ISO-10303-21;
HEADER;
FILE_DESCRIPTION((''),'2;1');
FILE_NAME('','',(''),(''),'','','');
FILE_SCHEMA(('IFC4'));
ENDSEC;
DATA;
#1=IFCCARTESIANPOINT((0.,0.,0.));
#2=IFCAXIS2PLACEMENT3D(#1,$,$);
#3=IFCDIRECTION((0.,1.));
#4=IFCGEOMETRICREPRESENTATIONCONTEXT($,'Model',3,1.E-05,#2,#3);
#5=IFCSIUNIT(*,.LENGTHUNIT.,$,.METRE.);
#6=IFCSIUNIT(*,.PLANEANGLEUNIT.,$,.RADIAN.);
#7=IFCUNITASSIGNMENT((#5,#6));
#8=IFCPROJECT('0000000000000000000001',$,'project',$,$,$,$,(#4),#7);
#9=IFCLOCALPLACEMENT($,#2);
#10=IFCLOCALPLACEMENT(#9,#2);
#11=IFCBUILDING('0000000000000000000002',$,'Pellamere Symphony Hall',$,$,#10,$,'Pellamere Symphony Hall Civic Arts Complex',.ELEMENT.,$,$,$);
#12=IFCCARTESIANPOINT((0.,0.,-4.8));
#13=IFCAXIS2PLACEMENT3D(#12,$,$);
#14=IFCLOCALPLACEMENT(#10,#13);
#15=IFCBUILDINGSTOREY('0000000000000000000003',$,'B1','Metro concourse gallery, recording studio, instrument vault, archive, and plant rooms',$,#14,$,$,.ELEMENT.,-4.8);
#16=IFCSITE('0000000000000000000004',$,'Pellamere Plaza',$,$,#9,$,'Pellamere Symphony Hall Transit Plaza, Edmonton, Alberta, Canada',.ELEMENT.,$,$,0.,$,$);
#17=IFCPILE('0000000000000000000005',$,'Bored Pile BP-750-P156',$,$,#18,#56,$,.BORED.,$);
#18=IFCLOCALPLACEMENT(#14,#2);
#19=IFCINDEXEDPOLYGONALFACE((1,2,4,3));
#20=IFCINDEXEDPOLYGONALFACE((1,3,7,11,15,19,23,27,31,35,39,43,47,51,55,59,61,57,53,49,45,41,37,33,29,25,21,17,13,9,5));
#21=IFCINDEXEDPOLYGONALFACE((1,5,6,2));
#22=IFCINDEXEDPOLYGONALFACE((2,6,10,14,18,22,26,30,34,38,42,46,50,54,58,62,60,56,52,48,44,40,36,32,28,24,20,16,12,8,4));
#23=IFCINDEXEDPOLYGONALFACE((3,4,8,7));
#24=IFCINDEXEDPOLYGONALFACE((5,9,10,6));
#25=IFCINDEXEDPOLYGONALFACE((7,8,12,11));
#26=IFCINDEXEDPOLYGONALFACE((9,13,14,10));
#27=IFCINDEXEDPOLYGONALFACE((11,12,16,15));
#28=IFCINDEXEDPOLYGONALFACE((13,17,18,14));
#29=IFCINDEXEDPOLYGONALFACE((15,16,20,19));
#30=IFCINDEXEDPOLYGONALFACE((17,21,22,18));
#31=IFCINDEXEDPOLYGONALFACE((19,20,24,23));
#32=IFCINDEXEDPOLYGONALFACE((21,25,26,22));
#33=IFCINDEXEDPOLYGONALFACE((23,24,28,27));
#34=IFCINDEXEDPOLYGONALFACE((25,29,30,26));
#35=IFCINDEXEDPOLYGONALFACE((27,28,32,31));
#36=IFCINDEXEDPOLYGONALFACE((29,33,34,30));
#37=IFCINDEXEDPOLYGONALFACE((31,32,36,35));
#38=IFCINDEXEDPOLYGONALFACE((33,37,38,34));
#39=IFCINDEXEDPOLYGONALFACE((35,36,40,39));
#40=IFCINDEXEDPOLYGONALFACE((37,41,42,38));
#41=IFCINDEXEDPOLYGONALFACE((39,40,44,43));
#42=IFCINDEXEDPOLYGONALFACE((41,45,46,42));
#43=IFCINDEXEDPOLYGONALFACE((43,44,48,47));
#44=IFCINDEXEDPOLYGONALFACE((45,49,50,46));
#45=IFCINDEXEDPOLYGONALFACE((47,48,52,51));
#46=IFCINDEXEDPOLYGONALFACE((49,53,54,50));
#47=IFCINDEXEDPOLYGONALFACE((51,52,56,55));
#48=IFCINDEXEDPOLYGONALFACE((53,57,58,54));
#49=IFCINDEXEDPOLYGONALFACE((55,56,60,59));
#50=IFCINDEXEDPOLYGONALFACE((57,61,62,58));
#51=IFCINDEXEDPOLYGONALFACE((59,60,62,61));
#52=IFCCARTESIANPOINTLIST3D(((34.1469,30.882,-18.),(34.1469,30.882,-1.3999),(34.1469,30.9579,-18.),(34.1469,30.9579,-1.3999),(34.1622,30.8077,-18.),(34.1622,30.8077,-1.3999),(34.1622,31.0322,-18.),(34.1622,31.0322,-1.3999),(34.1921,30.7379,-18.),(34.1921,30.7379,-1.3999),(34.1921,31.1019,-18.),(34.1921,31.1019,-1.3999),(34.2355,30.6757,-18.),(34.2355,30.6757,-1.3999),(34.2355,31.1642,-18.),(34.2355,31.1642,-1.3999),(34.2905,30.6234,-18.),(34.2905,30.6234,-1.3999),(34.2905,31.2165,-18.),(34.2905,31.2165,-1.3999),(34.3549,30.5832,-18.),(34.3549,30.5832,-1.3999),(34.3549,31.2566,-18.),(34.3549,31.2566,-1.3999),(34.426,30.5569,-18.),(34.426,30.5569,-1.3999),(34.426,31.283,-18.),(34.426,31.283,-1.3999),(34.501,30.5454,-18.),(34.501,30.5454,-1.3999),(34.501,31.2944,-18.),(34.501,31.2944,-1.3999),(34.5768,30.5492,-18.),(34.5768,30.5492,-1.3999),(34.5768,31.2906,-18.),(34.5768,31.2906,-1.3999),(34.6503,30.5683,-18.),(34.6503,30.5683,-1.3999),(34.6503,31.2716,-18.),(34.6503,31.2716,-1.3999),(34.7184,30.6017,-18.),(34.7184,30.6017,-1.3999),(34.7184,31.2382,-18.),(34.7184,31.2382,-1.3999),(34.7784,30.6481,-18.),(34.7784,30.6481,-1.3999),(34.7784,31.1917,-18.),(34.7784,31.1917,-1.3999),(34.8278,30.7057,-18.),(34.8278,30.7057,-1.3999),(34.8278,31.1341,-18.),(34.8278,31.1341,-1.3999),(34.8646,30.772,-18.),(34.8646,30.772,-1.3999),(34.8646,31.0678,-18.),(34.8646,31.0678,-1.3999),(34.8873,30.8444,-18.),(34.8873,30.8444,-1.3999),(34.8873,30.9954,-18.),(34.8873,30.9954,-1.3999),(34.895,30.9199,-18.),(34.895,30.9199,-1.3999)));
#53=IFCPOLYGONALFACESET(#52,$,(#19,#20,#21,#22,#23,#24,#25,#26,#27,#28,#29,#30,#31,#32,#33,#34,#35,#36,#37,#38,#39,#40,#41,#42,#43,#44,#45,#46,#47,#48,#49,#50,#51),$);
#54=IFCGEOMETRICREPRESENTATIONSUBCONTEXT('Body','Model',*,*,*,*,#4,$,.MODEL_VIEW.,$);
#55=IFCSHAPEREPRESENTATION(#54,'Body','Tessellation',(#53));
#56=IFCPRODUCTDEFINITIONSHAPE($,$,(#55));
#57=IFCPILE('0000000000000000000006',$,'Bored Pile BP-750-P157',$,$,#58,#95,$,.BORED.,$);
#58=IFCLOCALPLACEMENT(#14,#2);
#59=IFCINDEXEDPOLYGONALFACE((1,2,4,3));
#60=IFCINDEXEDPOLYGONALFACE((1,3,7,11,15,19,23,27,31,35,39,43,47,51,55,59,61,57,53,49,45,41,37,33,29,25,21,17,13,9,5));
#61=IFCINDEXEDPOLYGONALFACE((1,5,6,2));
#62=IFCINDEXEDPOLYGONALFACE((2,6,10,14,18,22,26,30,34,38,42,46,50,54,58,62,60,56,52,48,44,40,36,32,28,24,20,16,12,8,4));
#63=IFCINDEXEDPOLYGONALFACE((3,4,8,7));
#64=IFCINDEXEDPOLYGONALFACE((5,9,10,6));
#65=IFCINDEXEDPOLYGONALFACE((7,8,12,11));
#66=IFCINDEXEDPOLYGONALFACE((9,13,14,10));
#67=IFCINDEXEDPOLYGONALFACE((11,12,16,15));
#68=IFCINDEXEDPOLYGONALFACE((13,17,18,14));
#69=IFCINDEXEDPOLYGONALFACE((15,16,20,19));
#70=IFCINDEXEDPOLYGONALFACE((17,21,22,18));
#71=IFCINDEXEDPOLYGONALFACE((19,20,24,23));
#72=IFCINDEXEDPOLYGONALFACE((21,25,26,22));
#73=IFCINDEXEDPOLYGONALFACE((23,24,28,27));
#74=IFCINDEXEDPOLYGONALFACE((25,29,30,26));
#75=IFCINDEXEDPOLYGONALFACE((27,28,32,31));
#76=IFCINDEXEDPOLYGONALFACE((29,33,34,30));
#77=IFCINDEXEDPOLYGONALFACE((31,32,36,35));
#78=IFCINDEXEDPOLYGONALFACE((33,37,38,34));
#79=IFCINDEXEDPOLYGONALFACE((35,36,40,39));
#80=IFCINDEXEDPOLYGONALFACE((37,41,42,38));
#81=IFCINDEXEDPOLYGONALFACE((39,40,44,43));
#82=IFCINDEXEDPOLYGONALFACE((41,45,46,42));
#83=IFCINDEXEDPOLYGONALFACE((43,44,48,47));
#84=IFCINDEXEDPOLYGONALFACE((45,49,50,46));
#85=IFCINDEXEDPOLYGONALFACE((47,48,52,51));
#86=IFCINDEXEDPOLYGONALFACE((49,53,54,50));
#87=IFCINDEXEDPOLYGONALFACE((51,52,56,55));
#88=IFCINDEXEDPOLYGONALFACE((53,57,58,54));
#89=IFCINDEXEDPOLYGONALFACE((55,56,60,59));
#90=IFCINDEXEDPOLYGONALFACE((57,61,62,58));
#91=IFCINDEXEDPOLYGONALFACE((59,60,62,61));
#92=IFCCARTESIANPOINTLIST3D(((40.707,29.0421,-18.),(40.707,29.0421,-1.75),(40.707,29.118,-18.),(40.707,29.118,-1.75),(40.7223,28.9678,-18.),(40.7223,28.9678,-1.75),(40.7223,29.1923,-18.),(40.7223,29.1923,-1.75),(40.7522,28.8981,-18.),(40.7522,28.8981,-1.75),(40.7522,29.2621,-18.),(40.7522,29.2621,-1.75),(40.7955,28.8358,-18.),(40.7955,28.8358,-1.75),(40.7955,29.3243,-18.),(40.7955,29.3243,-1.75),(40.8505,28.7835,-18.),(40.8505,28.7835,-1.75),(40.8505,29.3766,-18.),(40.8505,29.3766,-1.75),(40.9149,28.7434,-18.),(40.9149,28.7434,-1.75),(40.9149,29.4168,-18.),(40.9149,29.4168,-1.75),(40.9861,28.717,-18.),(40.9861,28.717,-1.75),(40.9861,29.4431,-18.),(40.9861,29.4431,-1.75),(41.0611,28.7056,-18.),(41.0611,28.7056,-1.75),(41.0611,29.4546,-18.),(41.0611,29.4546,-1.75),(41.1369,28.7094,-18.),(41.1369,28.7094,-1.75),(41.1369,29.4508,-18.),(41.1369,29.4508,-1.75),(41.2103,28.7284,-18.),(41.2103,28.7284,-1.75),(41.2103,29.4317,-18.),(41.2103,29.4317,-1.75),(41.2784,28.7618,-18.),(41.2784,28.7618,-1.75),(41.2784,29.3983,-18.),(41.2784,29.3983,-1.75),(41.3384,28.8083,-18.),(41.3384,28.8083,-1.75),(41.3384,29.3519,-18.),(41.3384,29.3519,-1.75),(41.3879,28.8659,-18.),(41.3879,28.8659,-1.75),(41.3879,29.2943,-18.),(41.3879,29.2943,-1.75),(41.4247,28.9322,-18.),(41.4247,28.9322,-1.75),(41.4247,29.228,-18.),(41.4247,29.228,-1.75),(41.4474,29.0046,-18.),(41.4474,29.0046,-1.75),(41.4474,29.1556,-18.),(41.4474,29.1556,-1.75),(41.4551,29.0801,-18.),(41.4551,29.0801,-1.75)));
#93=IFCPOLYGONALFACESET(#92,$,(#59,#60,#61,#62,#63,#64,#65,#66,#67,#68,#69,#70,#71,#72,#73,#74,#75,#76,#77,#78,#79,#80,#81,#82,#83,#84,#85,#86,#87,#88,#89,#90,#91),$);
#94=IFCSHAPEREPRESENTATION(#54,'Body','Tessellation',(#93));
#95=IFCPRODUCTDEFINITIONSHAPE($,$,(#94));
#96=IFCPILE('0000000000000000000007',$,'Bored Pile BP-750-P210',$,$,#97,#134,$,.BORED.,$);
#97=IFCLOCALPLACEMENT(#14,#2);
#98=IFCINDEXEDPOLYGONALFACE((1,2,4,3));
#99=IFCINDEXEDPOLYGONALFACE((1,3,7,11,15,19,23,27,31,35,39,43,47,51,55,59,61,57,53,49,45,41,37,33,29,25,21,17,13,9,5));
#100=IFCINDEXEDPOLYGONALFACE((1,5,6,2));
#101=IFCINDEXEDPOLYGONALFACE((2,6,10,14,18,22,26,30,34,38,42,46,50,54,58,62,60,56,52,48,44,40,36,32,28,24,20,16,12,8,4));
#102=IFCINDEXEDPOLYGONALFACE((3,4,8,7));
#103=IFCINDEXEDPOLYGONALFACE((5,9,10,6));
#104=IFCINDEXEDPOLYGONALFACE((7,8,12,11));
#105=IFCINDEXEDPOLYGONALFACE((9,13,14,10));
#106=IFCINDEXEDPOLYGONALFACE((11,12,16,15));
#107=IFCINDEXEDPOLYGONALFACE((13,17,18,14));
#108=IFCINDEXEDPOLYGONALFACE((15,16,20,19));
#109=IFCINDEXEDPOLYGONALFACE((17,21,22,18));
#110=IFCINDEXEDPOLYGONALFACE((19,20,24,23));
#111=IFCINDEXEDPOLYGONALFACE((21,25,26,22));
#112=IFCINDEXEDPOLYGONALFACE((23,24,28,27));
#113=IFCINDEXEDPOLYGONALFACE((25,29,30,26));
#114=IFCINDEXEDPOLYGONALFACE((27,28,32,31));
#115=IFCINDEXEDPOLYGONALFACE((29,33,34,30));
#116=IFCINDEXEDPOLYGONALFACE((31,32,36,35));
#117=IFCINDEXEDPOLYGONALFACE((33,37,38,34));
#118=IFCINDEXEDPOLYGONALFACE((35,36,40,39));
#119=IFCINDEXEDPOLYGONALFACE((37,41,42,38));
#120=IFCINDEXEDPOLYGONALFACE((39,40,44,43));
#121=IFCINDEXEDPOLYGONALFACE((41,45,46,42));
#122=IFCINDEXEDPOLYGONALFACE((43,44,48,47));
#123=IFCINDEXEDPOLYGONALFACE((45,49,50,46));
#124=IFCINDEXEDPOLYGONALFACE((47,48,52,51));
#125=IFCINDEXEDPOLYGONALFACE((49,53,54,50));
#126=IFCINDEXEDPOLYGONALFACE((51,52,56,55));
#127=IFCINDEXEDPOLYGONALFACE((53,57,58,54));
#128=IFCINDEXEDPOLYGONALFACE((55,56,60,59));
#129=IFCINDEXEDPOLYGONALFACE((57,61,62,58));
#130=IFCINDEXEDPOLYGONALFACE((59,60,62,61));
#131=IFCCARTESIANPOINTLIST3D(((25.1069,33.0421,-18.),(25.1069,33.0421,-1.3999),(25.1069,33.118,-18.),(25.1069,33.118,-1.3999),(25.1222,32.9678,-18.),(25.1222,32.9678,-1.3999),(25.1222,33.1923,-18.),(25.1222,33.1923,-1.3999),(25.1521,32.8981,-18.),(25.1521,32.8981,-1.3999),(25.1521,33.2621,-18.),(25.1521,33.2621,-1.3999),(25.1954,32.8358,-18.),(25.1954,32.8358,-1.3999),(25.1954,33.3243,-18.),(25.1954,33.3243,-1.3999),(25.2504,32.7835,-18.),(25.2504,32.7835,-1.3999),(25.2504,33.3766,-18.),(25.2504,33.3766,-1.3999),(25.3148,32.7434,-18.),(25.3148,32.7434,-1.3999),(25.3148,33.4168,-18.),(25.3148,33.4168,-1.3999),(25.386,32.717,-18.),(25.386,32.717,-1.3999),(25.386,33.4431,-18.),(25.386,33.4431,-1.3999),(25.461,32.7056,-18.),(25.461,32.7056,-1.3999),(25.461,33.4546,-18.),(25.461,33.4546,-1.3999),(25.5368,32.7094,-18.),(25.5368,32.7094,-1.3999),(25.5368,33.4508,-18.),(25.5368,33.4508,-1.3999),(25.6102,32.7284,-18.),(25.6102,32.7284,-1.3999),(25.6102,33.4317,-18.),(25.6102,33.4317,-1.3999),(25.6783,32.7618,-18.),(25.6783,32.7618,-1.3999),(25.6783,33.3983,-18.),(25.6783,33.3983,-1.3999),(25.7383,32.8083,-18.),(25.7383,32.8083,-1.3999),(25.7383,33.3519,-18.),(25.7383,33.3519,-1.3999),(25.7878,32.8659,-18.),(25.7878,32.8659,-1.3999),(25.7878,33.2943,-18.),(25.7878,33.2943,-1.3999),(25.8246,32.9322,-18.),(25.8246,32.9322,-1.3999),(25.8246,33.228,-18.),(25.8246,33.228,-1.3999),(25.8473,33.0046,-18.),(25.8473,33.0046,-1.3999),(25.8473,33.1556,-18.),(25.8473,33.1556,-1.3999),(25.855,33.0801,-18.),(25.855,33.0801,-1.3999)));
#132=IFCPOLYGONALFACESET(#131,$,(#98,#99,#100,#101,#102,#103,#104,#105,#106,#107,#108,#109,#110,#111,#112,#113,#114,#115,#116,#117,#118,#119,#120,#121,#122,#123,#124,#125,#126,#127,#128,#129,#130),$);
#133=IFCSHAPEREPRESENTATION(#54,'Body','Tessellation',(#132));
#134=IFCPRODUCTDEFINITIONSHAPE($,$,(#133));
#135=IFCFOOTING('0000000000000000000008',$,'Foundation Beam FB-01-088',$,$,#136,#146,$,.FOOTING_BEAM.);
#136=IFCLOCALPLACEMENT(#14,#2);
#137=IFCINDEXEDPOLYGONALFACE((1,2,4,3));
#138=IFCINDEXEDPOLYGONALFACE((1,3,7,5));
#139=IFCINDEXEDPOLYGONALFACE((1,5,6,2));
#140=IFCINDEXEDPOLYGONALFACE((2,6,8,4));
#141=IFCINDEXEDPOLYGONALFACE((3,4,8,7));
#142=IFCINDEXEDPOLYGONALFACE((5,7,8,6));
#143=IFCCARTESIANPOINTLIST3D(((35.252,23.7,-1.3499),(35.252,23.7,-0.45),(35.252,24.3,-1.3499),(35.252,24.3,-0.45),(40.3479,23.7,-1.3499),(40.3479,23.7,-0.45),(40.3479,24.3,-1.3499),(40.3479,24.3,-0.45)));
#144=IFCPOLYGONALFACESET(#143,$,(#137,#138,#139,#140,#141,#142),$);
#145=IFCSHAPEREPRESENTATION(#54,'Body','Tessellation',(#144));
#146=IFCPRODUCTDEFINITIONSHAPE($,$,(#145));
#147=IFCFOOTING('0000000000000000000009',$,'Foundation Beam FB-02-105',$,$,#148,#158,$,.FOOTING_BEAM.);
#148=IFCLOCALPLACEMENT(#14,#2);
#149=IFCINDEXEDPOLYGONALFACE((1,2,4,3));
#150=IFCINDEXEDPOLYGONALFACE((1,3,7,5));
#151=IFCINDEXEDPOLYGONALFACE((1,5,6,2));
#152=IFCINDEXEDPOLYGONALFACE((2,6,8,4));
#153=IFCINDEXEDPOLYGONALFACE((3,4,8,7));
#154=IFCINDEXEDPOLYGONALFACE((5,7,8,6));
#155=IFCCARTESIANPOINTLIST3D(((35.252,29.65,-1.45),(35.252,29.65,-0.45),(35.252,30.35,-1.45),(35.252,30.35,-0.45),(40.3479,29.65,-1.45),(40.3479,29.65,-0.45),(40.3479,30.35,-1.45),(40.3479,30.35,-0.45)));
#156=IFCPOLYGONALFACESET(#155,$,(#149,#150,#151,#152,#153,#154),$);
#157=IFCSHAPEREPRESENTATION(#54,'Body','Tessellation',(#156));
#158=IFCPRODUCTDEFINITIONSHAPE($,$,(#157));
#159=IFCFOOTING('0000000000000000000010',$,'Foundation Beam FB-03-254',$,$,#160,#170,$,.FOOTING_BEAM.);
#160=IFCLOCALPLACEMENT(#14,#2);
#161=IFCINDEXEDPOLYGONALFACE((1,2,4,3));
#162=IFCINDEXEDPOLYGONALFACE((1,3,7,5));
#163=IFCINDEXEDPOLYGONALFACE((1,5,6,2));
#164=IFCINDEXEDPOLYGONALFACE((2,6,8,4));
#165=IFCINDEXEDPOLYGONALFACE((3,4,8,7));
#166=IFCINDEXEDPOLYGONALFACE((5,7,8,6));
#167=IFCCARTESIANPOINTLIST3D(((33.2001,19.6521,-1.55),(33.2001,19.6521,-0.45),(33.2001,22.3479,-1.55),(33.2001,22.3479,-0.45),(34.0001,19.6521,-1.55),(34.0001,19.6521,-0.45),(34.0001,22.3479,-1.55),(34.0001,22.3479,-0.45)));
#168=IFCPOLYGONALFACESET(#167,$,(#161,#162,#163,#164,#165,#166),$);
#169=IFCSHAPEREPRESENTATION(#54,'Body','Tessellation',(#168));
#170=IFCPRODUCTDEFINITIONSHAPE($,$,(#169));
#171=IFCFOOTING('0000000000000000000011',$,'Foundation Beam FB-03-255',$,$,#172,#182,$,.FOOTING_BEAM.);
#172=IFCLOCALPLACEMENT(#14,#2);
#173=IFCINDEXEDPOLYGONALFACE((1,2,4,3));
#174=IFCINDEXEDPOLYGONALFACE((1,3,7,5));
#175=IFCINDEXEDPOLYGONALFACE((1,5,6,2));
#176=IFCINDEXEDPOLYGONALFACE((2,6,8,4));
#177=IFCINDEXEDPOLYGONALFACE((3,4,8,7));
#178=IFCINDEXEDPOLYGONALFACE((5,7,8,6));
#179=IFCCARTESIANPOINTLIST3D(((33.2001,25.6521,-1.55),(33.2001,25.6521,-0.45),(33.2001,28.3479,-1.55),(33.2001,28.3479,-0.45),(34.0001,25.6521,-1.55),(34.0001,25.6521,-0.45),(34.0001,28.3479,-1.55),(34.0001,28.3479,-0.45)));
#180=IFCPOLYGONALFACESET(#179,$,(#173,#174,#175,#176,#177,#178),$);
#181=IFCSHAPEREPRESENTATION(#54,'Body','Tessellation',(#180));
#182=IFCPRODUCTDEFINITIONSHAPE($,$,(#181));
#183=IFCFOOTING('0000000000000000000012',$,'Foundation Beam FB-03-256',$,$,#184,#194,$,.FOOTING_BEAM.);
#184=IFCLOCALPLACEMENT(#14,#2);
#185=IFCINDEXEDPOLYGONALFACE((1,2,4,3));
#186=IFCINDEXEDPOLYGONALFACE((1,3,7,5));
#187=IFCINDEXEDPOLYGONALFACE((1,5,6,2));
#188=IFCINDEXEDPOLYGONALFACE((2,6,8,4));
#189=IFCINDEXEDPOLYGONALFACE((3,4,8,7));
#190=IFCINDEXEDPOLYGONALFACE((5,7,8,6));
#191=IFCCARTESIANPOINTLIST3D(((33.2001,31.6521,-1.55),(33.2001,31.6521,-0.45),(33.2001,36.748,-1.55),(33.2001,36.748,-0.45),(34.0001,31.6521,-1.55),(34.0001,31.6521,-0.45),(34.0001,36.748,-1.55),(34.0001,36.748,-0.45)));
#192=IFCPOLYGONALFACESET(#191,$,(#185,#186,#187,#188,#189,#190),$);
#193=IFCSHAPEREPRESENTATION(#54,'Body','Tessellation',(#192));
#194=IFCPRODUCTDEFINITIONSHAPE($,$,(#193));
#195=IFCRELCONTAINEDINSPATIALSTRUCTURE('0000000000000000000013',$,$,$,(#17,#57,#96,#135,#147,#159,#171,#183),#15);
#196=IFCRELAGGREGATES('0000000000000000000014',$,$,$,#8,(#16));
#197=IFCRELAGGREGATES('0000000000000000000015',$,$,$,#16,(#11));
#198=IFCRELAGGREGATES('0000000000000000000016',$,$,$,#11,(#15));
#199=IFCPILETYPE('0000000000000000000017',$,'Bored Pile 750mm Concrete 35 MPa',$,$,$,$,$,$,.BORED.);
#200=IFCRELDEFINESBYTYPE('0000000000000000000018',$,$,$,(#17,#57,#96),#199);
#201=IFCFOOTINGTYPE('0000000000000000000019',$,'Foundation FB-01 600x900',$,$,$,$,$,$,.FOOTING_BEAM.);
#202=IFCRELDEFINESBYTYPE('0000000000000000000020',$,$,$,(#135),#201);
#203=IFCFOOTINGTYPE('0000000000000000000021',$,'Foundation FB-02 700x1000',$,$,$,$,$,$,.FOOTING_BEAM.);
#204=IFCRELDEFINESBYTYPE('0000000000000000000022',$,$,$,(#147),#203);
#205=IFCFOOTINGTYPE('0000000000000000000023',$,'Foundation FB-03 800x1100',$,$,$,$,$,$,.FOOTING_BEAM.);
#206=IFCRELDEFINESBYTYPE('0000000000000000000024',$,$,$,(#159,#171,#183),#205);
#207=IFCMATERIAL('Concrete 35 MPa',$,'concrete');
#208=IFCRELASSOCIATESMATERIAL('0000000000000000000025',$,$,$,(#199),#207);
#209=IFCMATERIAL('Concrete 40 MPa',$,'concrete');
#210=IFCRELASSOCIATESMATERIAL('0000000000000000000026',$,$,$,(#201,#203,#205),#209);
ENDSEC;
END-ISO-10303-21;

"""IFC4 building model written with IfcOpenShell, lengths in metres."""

from ifc_helpers import new_model, si_unit, direction, frame, origin, origin_2d, place, context, subcontext, project, spatial, rectangle, circle, extrude, material, material_profile, profile_set, type_object, element, save


model = new_model("IFC4")

# Units and contexts
model_context = context("Model", 3, precision=1e-05, world=origin(), true_north=direction((0.0, 1.0)))
body_context = subcontext(model_context, "Body", "Model", "MODEL_VIEW")
ifc_project = project(units=[si_unit("LENGTHUNIT", "METRE"), si_unit("PLANEANGLEUNIT", "RADIAN")], contexts=[model_context])

# Site, building, storey
site_placement = place(None, origin())
site = spatial("IfcSite", under=ifc_project, at=site_placement, Name="Pellamere Plaza", LongName="Pellamere Symphony Hall Transit Plaza, Edmonton, Alberta, Canada", CompositionType="ELEMENT", RefElevation=0.0)
building_placement = place(site_placement, origin())
building = spatial("IfcBuilding", under=site, at=building_placement, Name="Pellamere Symphony Hall", LongName="Pellamere Symphony Hall Civic Arts Complex", CompositionType="ELEMENT")
storey_placement = place(building_placement, frame((0.0, 0.0, -4.8)))
storey = spatial("IfcBuildingStorey", under=building, at=storey_placement, Name="B1", Description="Metro concourse gallery, recording studio, instrument vault, archive, and plant rooms", CompositionType="ELEMENT", Elevation=-4.8)

# Piles
ifc_material_1 = material(Name="Concrete 35 MPa", Category="concrete")
ifc_material_profile_1 = material_profile(ifc_material_1, circle(Radius=0.375, at=origin_2d()), Name="PILE D750")
ifc_profile_set_1 = profile_set([ifc_material_profile_1], Name="Concrete 35 MPa")
pile_type = type_object("IfcPileType", Name="Bored Pile 750mm Concrete 35 MPa", PredefinedType="BORED", material=ifc_profile_set_1)
for number, where, z_axis, x_axis, name in (
    (1, (34.52, 30.9199, -1.3999), (0.0, 0.0, -1.0), (1.0, 0.0, 0.0), "Bored Pile BP-750-P156"),
):
    element("IfcPile", number, at=place(storey_placement, frame(where, z_axis=z_axis, x_axis=x_axis)), inside=storey, type_object=pile_type, Name=name, PredefinedType="BORED", context=body_context, shape_type="SweptSolid", body=[
        extrude(circle(Radius=0.375, at=origin_2d()), origin(), (0.0, 0.0, 1.0), 16.6001),
    ])
pile_1_placement = place(storey_placement, frame((41.0801, 29.0801, -1.75), z_axis=(0.0, 0.0, -1.0), x_axis=(1.0, 0.0, 0.0)))
element("IfcPile", 2, at=pile_1_placement, inside=storey, type_object=pile_type, Name="Bored Pile BP-750-P157", PredefinedType="BORED", context=body_context, shape_type="SweptSolid", body=[
    extrude(circle(Radius=0.375, at=origin_2d()), origin(), (0.0, 0.0, 1.0), 16.25),
])
pile_2_placement = place(storey_placement, frame((25.48, 33.0801, -1.3999), z_axis=(0.0, 0.0, -1.0), x_axis=(1.0, 0.0, 0.0)))
element("IfcPile", 3, at=pile_2_placement, inside=storey, type_object=pile_type, Name="Bored Pile BP-750-P210", PredefinedType="BORED", context=body_context, shape_type="SweptSolid", body=[
    extrude(circle(Radius=0.375, at=origin_2d()), origin(), (0.0, 0.0, 1.0), 16.6001),
])

# Footings
ifc_material_2 = material(Name="Concrete 40 MPa", Category="concrete")
ifc_material_profile_2 = material_profile(ifc_material_2, rectangle(XDim=0.6001, YDim=0.8999, at=origin_2d()), Name="RC 600x900")
ifc_profile_set_2 = profile_set([ifc_material_profile_2], Name="Concrete 40 MPa")
footing_type_1 = type_object("IfcFootingType", Name="Foundation FB-01 600x900", PredefinedType="FOOTING_BEAM", material=ifc_profile_set_2)
footing_1_placement = place(storey_placement, frame((35.252, 24.0, -0.8999), z_axis=(1.0, 0.0, 0.0), x_axis=(0.0, 1.0, 0.0)))
element("IfcFooting", 4, at=footing_1_placement, inside=storey, type_object=footing_type_1, Name="Foundation Beam FB-01-088", PredefinedType="FOOTING_BEAM", context=body_context, shape_type="SweptSolid", body=[
    extrude(rectangle(XDim=0.6001, YDim=0.8999, at=origin_2d()), origin(), (0.0, 0.0, 1.0), 5.0959),
])
ifc_material_profile_3 = material_profile(ifc_material_2, rectangle(XDim=0.7, YDim=1.0, at=origin_2d()), Name="RC 700x1000")
ifc_profile_set_3 = profile_set([ifc_material_profile_3], Name="Concrete 40 MPa")
footing_type_2 = type_object("IfcFootingType", Name="Foundation FB-02 700x1000", PredefinedType="FOOTING_BEAM", material=ifc_profile_set_3)
footing_2_placement = place(storey_placement, frame((35.252, 30.0, -0.95), z_axis=(1.0, 0.0, 0.0), x_axis=(0.0, 1.0, 0.0)))
element("IfcFooting", 5, at=footing_2_placement, inside=storey, type_object=footing_type_2, Name="Foundation Beam FB-02-105", PredefinedType="FOOTING_BEAM", context=body_context, shape_type="SweptSolid", body=[
    extrude(rectangle(XDim=0.7, YDim=1.0, at=origin_2d()), origin(), (0.0, 0.0, 1.0), 5.0959),
])
ifc_material_profile_4 = material_profile(ifc_material_2, rectangle(XDim=0.8, YDim=1.1001, at=origin_2d()), Name="RC 800x1100")
ifc_profile_set_4 = profile_set([ifc_material_profile_4], Name="Concrete 40 MPa")
footing_type_3 = type_object("IfcFootingType", Name="Foundation FB-03 800x1100", PredefinedType="FOOTING_BEAM", material=ifc_profile_set_4)
for number, where, z_axis, x_axis, name in (
    (6, (33.6001, 19.6521, -1.0), (0.0, 1.0, 0.0), (-1.0, 0.0, 0.0), "Foundation Beam FB-03-254"),
    (7, (33.6001, 25.6521, -1.0), (0.0, 1.0, 0.0), (-1.0, 0.0, 0.0), "Foundation Beam FB-03-255"),
):
    element("IfcFooting", number, at=place(storey_placement, frame(where, z_axis=z_axis, x_axis=x_axis)), inside=storey, type_object=footing_type_3, Name=name, PredefinedType="FOOTING_BEAM", context=body_context, shape_type="SweptSolid", body=[
        extrude(rectangle(XDim=0.8, YDim=1.1001, at=origin_2d()), origin(), (0.0, 0.0, 1.0), 2.6958),
    ])
footing_3_placement = place(storey_placement, frame((33.6001, 31.6521, -1.0), z_axis=(0.0, 1.0, 0.0), x_axis=(-1.0, 0.0, 0.0)))
element("IfcFooting", 8, at=footing_3_placement, inside=storey, type_object=footing_type_3, Name="Foundation Beam FB-03-256", PredefinedType="FOOTING_BEAM", context=body_context, shape_type="SweptSolid", body=[
    extrude(rectangle(XDim=0.8, YDim=1.1001, at=origin_2d()), origin(), (0.0, 0.0, 1.0), 5.0959),
])

save(model, "model.ifc")
